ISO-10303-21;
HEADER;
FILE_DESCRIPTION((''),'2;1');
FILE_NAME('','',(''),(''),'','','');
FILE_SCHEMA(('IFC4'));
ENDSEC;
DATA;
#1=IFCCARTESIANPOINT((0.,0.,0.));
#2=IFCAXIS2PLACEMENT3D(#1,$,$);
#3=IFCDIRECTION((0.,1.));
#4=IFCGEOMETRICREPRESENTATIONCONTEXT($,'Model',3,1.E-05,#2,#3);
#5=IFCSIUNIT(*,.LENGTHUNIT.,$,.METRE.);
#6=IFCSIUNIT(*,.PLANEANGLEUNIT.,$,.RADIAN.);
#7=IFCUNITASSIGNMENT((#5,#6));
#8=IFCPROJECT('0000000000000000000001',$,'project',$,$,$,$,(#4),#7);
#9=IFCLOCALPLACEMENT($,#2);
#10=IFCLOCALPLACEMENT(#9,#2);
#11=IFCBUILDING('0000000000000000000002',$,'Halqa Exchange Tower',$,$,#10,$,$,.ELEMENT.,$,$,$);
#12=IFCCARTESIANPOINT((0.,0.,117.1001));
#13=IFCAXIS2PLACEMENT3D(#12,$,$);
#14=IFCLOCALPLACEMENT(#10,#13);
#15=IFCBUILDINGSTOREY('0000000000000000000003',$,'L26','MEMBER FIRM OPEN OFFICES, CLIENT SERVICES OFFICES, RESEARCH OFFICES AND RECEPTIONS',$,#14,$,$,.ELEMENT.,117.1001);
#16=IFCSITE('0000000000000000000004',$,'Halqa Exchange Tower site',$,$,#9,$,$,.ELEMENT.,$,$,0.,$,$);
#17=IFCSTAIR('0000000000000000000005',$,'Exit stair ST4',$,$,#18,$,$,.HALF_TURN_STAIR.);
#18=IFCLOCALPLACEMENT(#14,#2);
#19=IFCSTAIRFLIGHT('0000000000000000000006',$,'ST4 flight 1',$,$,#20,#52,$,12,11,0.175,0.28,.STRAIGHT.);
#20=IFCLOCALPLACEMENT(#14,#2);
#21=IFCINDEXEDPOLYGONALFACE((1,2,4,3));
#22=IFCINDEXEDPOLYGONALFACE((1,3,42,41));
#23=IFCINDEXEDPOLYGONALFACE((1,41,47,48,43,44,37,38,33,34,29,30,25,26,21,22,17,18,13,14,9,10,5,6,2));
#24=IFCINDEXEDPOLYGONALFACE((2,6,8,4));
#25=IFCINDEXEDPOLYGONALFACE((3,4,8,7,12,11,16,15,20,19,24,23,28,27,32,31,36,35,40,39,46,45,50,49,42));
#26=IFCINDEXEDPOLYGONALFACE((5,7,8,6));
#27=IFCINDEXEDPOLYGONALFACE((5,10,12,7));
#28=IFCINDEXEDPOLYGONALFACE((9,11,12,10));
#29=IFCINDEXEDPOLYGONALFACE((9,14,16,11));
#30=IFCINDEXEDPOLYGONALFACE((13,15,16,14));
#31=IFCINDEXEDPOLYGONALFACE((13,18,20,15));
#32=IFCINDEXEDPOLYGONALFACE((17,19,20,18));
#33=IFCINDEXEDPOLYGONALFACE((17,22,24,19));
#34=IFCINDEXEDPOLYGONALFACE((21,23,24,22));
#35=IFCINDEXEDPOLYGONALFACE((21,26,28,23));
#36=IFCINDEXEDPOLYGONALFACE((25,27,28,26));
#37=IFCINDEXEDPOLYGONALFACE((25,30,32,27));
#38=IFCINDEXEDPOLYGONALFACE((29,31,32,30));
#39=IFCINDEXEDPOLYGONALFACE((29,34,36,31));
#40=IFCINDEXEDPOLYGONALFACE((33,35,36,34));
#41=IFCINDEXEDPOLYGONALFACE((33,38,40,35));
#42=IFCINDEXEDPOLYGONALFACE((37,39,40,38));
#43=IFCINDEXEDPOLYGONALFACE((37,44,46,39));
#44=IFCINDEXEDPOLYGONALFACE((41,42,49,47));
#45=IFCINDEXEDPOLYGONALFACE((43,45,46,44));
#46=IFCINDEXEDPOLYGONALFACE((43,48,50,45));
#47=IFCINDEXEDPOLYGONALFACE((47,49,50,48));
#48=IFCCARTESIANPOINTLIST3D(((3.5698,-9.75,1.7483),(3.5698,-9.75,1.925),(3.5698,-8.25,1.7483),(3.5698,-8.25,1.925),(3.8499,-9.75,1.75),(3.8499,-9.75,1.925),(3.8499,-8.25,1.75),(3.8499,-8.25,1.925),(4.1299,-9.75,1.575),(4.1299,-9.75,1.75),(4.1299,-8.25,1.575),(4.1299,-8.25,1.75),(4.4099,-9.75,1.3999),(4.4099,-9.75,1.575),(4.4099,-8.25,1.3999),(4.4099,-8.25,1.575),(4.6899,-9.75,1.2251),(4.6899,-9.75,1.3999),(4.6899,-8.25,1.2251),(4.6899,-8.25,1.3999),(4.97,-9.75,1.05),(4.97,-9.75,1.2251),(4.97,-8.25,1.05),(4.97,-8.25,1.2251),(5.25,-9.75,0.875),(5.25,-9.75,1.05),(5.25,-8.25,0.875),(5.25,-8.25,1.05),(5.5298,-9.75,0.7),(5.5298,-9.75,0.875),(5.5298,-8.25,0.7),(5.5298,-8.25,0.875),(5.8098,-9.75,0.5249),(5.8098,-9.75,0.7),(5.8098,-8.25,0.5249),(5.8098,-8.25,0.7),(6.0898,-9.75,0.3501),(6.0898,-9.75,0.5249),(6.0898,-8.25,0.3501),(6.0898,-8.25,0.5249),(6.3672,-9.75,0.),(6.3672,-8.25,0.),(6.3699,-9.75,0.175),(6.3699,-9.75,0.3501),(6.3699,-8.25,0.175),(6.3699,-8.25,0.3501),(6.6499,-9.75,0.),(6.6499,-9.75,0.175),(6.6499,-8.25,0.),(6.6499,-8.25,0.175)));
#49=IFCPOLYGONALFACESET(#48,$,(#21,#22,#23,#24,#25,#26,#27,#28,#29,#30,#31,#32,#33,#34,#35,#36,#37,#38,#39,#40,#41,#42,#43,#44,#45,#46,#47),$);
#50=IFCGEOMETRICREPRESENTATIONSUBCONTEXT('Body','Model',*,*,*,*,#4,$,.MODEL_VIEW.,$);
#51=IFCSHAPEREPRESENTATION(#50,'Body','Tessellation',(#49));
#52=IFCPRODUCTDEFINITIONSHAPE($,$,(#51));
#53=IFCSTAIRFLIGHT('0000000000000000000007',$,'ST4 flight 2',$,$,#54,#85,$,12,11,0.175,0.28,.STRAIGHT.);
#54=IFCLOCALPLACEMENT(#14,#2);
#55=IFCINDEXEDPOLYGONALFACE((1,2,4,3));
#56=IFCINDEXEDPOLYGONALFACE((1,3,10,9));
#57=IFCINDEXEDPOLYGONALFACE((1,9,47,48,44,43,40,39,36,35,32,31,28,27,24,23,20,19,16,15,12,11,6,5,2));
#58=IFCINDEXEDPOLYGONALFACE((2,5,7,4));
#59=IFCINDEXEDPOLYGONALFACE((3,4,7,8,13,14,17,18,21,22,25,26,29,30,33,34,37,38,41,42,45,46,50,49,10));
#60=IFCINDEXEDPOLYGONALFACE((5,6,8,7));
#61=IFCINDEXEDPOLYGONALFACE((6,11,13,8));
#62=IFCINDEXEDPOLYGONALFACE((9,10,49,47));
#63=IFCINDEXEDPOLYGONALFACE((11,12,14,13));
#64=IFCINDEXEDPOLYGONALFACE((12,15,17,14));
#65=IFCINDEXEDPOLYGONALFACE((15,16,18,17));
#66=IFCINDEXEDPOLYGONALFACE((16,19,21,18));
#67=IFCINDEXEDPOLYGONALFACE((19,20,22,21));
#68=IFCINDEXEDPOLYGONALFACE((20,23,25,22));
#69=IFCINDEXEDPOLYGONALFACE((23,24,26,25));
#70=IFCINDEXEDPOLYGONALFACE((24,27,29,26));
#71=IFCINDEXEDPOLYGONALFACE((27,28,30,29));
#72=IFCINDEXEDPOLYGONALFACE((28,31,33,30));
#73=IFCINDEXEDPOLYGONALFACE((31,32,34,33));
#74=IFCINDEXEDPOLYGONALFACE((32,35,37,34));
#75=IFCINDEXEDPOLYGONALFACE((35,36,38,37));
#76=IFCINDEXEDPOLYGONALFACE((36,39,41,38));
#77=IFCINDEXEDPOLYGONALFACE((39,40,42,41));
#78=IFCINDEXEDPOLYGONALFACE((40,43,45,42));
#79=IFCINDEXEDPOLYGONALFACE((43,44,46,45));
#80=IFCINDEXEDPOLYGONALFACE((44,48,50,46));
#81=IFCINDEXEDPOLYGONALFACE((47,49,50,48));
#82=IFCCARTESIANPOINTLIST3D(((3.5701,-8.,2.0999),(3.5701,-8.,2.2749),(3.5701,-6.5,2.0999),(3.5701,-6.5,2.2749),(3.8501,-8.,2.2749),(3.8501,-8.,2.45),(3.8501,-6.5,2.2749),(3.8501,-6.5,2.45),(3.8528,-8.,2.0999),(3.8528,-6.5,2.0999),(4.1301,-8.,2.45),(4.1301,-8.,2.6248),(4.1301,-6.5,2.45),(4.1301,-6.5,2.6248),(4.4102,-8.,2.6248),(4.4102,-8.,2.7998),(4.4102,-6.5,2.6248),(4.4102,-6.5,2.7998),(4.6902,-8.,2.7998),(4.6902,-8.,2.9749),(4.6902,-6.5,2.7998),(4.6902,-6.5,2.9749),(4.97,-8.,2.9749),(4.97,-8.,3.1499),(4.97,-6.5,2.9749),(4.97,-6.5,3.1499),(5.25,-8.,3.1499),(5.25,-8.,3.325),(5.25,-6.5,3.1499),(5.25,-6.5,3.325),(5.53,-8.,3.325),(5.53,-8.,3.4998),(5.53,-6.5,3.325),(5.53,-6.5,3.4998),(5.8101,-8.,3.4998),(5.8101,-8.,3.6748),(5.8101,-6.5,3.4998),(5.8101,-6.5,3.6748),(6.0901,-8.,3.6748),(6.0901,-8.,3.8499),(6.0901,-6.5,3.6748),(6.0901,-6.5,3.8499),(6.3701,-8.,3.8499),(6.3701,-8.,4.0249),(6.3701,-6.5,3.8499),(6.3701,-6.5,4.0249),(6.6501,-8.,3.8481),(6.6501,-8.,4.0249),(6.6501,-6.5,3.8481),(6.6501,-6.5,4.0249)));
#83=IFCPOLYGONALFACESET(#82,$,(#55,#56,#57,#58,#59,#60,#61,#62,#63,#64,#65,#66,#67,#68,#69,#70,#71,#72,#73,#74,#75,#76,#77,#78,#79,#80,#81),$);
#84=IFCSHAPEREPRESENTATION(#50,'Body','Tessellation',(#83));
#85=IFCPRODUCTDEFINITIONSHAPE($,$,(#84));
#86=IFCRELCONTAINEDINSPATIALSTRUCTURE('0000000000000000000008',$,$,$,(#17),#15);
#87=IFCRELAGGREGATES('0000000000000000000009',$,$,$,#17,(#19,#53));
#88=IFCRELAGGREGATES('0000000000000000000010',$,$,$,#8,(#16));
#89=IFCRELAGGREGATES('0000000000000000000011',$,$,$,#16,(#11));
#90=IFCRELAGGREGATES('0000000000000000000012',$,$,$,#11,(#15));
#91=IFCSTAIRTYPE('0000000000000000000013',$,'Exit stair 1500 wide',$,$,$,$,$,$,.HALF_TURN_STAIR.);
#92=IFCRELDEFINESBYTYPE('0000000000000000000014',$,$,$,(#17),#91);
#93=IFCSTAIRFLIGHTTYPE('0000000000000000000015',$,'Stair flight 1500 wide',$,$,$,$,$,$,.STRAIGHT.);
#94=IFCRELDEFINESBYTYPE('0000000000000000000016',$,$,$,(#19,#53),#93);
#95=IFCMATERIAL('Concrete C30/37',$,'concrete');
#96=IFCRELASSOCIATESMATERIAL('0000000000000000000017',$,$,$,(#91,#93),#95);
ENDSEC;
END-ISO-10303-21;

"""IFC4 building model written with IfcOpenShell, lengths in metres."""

from ifc_helpers import new_model, si_unit, direction, frame, origin, place, context, subcontext, project, spatial, polyline, outline, extrude, material, type_object, element, aggregate, save


model = new_model("IFC4")

# Units and contexts
model_context = context("Model", 3, precision=1e-05, world=origin(), true_north=direction((0.0, 1.0)))
body_context = subcontext(model_context, "Body", "Model", "MODEL_VIEW")
ifc_project = project(units=[si_unit("LENGTHUNIT", "METRE"), si_unit("PLANEANGLEUNIT", "RADIAN")], contexts=[model_context])

# Site, building, storey
site_placement = place(None, origin())
site = spatial("IfcSite", under=ifc_project, at=site_placement, Name="Halqa Exchange Tower site", CompositionType="ELEMENT", RefElevation=0.0)
building_placement = place(site_placement, origin())
building = spatial("IfcBuilding", under=site, at=building_placement, Name="Halqa Exchange Tower", CompositionType="ELEMENT")
storey_placement = place(building_placement, frame((0.0, 0.0, 117.1001)))
storey = spatial("IfcBuildingStorey", under=building, at=storey_placement, Name="L26", Description="MEMBER FIRM OPEN OFFICES, CLIENT SERVICES OFFICES, RESEARCH OFFICES AND RECEPTIONS", CompositionType="ELEMENT", Elevation=117.1001)

# Shared definitions
ifc_material_1 = material(Name="Concrete C30/37", Category="concrete")

# Stair, stair flights
stair_type = type_object("IfcStairType", Name="Exit stair 1500 wide", PredefinedType="HALF_TURN_STAIR", material=ifc_material_1)
stair_placement = place(storey_placement, origin())
stair = element("IfcStair", 1, at=stair_placement, inside=storey, type_object=stair_type, Name="Exit stair ST4", PredefinedType="HALF_TURN_STAIR")
stair_flight_type = type_object("IfcStairFlightType", Name="Stair flight 1500 wide", PredefinedType="STRAIGHT", material=ifc_material_1)
stair_flight_1_placement = place(storey_placement, frame((6.6499, -9.0, 0.0), z_axis=(0.0, 0.0, 1.0), x_axis=(-1.0, 0.0, 0.0)))
stair_flight_1 = element("IfcStairFlight", 2, at=stair_flight_1_placement, type_object=stair_flight_type, Name="ST4 flight 1", NumberOfRisers=12, NumberOfTreads=11, PredefinedType="STRAIGHT", RiserHeight=0.175, TreadLength=0.28, context=body_context, shape_type="SweptSolid", body=[
    extrude(outline(polyline([(0.0, 0.0), (0.0, 0.175), (0.28, 0.175), (0.28, 0.3501), (0.5601, 0.3501), (0.5601, 0.5249), (0.8401, 0.5249), (0.8401, 0.7), (1.1201, 0.7), (1.1201, 0.875), (1.3999, 0.875), (1.3999, 1.05), (1.6799, 1.05), (1.6799, 1.2251), (1.96, 1.2251), (1.96, 1.3999), (2.24, 1.3999), (2.24, 1.575), (2.52, 1.575), (2.52, 1.75), (2.8, 1.75), (2.8, 1.925), (3.0801, 1.925), (3.0801, 2.1001), (3.0801, 1.7483), (0.2827, 0.0), (0.0, 0.0)])), frame((0.0, 0.75, 0.0), z_axis=(0.0, -1.0, 0.0), x_axis=(1.0, 0.0, 0.0)), (0.0, 0.0, 1.0), 1.5),
])
stair_flight_2_placement = place(storey_placement, frame((3.5701, -7.25, 2.0999), z_axis=(0.0, 0.0, 1.0), x_axis=(1.0, 0.0, 0.0)))
stair_flight_2 = element("IfcStairFlight", 3, at=stair_flight_2_placement, type_object=stair_flight_type, Name="ST4 flight 2", NumberOfRisers=12, NumberOfTreads=11, PredefinedType="STRAIGHT", RiserHeight=0.175, TreadLength=0.28, context=body_context, shape_type="SweptSolid", body=[
    extrude(outline(polyline([(0.0, 0.0), (0.0, 0.175), (0.28, 0.175), (0.28, 0.3501), (0.5601, 0.3501), (0.5601, 0.5249), (0.8401, 0.5249), (0.8401, 0.7), (1.1201, 0.7), (1.1201, 0.875), (1.3999, 0.875), (1.3999, 1.05), (1.6799, 1.05), (1.6799, 1.2251), (1.96, 1.2251), (1.96, 1.3999), (2.24, 1.3999), (2.24, 1.575), (2.52, 1.575), (2.52, 1.75), (2.8, 1.75), (2.8, 1.925), (3.0801, 1.925), (3.0801, 2.1001), (3.0801, 1.7483), (0.2827, 0.0), (0.0, 0.0)])), frame((0.0, 0.75, 0.0), z_axis=(0.0, -1.0, 0.0), x_axis=(1.0, 0.0, 0.0)), (0.0, 0.0, 1.0), 1.5),
])
aggregate(stair, [stair_flight_1, stair_flight_2])

save(model, "model.ifc")
